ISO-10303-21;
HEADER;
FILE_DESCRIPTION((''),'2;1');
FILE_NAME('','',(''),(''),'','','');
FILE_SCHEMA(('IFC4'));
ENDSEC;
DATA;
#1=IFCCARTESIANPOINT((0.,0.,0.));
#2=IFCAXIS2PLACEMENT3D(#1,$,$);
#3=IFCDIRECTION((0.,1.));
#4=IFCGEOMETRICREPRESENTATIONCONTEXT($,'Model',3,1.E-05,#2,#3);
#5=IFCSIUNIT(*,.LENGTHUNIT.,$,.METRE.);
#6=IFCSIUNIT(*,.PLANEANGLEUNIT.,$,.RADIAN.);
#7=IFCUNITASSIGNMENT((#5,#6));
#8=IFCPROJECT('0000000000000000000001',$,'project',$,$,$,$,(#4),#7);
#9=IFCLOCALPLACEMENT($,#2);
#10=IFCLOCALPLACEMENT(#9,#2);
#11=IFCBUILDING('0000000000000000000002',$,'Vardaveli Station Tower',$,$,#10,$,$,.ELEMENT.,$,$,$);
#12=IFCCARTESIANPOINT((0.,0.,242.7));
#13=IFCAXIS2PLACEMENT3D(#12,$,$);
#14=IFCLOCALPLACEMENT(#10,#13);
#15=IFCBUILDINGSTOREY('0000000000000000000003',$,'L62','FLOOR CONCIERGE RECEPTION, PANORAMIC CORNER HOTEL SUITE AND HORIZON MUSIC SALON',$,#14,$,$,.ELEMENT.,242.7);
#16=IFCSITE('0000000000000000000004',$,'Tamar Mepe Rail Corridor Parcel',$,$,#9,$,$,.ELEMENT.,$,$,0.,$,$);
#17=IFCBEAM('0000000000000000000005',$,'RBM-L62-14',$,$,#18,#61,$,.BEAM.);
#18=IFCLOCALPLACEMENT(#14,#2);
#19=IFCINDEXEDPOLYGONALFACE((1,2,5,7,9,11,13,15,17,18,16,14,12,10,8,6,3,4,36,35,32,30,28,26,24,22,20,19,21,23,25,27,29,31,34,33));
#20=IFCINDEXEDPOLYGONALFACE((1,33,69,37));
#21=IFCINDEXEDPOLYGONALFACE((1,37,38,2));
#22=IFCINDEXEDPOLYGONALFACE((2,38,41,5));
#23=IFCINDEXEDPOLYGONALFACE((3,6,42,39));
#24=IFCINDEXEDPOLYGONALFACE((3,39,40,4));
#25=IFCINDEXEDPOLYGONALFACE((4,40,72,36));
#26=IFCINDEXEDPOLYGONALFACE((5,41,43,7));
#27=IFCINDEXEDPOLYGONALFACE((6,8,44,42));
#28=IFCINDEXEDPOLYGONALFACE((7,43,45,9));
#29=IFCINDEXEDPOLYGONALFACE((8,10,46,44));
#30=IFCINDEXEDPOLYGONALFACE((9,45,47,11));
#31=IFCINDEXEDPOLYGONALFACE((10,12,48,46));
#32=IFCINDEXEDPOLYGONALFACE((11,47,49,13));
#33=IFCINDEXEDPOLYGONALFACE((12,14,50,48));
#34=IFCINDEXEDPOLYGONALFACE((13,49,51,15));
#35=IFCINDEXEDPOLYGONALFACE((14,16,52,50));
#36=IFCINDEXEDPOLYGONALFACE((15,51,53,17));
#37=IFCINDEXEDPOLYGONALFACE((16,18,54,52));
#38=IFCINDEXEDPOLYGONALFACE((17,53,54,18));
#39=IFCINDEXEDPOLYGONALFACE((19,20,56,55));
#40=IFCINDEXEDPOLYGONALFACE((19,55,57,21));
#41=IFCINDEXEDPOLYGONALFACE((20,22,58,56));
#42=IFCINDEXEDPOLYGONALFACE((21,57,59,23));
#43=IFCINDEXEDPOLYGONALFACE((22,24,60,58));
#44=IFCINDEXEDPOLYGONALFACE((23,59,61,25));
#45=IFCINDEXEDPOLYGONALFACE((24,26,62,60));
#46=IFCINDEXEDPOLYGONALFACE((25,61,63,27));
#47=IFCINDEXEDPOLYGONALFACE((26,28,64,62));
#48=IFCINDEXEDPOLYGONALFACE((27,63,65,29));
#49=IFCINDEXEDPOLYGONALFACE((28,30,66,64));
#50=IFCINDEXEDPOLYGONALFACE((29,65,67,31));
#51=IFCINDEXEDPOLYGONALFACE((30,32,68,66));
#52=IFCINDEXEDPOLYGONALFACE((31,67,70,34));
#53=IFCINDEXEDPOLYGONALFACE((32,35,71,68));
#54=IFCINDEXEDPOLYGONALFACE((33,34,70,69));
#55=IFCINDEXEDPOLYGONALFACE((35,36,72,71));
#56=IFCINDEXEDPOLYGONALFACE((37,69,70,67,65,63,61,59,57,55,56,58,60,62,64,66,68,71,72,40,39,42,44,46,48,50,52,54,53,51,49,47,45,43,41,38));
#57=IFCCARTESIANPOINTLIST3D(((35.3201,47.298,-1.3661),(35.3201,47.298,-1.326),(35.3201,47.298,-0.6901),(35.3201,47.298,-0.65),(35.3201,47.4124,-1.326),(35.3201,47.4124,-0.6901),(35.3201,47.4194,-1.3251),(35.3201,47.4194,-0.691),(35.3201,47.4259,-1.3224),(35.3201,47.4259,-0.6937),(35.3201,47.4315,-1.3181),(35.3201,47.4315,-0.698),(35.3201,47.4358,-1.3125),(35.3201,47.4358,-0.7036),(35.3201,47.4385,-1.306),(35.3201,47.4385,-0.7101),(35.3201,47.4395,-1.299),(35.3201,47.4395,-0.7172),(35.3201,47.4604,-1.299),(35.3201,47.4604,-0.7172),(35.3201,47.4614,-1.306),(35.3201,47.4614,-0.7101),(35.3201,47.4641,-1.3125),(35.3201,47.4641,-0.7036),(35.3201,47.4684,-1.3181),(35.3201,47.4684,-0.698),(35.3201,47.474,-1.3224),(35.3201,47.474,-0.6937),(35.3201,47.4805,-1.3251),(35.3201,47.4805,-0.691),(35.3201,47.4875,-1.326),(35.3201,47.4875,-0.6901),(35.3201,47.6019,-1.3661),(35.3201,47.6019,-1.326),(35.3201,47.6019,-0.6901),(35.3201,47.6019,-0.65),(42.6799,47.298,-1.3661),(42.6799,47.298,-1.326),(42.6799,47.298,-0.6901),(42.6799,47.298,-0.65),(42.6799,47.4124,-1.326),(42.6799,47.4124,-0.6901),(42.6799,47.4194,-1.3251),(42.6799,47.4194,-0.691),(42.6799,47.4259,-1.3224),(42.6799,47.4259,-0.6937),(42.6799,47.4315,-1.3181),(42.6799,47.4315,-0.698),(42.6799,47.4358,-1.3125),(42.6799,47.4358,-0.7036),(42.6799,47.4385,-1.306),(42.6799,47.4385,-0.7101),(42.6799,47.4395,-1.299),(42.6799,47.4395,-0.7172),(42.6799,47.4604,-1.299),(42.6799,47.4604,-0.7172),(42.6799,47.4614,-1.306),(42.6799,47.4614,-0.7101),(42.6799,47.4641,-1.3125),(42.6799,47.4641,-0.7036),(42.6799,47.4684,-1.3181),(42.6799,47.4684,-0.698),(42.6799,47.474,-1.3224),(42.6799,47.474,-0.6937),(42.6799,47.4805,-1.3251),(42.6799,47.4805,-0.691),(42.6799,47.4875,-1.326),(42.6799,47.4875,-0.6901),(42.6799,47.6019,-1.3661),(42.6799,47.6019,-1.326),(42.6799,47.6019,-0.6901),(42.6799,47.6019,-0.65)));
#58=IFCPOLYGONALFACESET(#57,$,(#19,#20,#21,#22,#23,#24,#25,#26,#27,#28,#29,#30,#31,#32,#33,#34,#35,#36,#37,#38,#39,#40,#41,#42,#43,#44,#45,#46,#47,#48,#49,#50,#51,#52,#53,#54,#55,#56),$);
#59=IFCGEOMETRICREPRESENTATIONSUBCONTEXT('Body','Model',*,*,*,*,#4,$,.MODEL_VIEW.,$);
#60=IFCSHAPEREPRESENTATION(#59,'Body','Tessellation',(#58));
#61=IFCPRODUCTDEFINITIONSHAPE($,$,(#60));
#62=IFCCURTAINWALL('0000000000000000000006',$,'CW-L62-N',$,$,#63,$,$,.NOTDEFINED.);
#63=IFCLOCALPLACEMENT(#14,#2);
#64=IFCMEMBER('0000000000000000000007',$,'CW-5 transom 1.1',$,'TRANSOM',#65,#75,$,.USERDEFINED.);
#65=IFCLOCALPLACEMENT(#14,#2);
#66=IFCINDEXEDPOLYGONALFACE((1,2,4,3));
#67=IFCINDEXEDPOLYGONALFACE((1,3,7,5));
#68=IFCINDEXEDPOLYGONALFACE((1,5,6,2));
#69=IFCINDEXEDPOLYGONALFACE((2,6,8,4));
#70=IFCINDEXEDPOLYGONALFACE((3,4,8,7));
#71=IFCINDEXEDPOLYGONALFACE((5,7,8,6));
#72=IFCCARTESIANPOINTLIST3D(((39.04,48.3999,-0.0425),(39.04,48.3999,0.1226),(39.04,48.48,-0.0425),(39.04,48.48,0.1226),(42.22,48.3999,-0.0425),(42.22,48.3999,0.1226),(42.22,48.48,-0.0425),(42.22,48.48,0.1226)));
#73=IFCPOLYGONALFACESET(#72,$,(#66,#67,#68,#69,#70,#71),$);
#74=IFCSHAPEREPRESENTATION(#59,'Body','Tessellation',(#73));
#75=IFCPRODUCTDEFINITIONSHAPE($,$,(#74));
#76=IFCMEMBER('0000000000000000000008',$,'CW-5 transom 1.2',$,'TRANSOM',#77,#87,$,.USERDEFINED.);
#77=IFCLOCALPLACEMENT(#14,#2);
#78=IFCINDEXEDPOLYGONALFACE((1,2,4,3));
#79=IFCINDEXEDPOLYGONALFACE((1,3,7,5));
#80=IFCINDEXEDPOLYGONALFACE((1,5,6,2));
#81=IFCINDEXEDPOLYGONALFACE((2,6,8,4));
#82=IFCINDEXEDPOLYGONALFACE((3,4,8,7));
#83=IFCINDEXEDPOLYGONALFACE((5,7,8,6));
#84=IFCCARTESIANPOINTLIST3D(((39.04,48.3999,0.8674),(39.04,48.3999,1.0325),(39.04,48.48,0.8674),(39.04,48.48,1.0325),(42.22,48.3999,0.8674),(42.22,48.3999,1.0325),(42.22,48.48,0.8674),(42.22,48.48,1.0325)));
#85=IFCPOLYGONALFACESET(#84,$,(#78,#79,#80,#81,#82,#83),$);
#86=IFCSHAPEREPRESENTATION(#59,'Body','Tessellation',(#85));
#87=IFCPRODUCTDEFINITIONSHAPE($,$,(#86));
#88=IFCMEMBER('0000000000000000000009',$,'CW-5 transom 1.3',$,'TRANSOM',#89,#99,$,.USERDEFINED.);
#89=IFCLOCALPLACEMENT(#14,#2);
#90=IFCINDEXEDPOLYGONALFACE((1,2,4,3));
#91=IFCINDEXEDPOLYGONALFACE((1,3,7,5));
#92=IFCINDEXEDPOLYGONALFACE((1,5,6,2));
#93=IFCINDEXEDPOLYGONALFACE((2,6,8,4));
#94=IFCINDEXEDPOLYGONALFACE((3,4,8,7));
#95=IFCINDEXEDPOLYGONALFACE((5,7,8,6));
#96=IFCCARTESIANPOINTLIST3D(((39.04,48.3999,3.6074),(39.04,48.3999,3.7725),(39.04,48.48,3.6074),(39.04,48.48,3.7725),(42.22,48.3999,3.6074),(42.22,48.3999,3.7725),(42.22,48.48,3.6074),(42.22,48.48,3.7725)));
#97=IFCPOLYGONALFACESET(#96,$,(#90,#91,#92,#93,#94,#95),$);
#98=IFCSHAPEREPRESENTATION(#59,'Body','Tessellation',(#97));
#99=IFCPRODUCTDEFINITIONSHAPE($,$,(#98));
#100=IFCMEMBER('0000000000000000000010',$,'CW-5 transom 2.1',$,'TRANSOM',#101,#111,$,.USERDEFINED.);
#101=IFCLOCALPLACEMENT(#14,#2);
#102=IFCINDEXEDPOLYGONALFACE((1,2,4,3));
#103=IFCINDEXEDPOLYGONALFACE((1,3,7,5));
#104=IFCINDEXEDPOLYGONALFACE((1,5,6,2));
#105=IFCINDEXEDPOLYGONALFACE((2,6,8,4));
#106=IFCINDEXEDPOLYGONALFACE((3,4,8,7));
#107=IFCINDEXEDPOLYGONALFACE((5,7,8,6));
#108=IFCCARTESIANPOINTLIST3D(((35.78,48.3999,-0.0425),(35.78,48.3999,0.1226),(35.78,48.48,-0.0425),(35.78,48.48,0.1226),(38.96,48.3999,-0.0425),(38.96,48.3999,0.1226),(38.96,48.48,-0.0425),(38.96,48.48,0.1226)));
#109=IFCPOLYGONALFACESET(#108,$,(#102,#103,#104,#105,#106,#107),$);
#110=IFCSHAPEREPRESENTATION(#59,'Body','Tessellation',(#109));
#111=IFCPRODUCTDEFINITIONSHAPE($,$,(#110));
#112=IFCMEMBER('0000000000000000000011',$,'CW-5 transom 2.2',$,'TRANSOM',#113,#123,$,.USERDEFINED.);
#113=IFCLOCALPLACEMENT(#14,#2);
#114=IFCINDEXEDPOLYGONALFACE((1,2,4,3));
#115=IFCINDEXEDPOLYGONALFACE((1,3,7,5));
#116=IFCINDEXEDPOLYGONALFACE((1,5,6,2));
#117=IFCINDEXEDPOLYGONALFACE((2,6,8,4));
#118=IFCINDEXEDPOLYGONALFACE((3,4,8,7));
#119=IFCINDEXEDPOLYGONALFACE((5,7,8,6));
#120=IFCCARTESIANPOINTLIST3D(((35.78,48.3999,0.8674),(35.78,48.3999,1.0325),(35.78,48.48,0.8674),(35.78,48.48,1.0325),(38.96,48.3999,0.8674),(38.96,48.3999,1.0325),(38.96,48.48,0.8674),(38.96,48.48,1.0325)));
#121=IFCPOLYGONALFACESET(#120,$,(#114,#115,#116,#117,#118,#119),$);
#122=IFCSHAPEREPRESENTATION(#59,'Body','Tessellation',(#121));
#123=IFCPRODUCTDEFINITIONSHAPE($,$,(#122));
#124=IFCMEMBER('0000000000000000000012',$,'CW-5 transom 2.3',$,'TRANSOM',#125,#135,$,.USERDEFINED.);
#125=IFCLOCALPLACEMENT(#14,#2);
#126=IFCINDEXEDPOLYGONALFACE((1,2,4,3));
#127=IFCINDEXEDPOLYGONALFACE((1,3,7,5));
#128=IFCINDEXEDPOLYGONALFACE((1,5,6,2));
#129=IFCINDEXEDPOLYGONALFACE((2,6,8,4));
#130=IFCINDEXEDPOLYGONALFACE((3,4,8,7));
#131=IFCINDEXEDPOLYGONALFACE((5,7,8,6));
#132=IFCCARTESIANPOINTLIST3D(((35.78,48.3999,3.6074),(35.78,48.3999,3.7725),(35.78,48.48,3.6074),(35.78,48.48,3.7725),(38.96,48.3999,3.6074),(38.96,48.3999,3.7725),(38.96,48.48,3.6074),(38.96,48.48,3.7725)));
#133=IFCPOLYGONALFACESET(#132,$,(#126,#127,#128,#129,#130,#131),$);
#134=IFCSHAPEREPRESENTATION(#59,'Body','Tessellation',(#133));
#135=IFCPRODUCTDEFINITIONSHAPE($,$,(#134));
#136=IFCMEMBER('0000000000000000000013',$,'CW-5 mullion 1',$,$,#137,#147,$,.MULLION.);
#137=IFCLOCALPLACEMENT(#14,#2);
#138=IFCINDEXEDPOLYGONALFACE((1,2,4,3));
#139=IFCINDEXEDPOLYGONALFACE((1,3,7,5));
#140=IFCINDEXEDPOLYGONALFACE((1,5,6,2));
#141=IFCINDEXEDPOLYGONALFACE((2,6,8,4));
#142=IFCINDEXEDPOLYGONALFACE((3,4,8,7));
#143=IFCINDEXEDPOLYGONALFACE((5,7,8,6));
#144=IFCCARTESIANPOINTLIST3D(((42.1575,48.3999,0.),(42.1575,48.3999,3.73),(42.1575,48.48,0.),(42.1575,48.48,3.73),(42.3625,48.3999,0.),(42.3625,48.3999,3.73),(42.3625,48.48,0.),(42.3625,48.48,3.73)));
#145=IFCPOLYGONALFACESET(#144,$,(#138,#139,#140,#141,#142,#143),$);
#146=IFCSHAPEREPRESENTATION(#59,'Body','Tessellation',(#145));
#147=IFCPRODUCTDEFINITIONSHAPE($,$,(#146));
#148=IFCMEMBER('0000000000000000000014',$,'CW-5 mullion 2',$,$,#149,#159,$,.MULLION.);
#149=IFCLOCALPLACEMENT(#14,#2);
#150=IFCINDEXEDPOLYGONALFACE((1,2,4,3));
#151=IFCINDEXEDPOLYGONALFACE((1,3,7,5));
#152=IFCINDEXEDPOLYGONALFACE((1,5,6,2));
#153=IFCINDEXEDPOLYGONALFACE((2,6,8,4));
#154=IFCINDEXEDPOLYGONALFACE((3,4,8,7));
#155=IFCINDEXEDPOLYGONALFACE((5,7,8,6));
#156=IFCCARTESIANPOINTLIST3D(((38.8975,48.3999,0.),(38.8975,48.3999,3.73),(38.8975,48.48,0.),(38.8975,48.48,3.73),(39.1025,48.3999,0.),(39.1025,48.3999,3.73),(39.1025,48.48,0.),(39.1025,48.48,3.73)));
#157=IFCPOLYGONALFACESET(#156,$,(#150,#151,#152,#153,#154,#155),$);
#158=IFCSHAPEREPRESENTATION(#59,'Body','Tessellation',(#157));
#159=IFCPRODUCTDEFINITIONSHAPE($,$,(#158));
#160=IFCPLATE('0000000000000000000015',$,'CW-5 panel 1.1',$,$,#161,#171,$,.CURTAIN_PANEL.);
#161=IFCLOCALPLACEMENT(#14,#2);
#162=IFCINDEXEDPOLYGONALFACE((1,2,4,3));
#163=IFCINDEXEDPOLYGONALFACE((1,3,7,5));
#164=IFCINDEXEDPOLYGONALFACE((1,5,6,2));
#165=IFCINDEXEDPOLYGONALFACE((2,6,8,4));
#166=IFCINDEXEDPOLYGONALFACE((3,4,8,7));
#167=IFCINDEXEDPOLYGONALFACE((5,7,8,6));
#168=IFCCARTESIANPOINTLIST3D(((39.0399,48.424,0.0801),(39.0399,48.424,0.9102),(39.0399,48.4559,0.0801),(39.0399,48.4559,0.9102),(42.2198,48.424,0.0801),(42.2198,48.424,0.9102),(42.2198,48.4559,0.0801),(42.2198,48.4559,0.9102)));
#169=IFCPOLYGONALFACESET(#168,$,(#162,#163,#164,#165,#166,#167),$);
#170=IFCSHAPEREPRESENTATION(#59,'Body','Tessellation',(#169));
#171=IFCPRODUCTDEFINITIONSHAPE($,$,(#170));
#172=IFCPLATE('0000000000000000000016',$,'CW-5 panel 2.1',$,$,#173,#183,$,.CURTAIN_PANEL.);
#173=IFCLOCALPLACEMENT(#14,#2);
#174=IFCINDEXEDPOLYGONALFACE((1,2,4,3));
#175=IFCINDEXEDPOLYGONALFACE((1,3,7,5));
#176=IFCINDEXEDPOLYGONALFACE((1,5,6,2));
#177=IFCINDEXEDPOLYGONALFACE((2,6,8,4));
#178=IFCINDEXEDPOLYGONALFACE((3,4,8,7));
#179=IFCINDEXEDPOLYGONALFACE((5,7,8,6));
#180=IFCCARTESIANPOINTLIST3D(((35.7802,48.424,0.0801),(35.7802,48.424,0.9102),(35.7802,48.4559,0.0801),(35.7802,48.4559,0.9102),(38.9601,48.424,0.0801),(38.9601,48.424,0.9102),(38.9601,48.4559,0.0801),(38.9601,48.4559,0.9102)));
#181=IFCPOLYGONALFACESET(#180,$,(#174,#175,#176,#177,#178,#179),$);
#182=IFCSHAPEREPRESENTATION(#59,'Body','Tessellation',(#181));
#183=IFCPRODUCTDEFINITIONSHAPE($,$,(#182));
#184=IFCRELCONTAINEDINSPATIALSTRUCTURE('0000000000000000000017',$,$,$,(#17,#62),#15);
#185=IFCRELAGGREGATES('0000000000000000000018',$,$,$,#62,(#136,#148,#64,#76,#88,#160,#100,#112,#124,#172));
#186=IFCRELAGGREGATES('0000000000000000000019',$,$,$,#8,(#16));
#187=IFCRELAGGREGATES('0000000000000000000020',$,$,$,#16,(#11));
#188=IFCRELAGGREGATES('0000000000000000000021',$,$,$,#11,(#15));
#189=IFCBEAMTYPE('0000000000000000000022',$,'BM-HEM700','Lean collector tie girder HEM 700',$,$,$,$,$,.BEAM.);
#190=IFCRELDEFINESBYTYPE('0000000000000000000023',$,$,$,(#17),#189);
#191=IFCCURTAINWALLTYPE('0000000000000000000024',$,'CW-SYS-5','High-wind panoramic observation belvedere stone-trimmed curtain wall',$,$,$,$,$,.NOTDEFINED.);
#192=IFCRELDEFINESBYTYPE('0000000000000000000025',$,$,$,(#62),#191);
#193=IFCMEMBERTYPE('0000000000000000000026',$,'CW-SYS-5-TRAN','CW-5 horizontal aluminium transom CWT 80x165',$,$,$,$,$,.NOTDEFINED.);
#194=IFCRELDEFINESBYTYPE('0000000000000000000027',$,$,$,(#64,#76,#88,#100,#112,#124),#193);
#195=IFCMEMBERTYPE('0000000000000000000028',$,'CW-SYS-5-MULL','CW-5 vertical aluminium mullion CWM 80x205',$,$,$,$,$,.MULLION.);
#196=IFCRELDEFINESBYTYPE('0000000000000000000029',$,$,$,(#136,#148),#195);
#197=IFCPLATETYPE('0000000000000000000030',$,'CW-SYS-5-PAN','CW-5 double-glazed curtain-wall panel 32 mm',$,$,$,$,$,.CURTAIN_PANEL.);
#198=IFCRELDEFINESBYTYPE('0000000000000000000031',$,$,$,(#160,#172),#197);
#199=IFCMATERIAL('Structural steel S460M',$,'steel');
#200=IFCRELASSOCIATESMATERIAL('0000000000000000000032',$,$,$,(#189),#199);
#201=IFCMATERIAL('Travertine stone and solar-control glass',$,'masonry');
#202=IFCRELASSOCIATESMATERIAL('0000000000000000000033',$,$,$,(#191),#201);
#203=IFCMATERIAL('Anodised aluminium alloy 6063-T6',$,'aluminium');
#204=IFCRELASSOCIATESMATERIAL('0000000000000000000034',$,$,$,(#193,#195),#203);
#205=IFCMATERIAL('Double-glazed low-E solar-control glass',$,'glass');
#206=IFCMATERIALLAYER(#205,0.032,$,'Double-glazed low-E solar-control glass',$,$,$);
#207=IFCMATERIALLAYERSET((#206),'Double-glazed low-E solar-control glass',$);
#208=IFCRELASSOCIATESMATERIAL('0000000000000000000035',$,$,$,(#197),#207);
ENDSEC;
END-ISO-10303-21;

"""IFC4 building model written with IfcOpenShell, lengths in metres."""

from ifc_helpers import new_model, si_unit, direction, frame, origin, origin_2d, place, context, subcontext, project, spatial, rectangle, i_section, extrude, source, transform, mapped, material, layer, layer_set, material_profile, profile_set, type_object, element, aggregate, save


model = new_model("IFC4")

# Units and contexts
model_context = context("Model", 3, precision=1e-05, world=origin(), true_north=direction((0.0, 1.0)))
body_context = subcontext(model_context, "Body", "Model", "MODEL_VIEW")
ifc_project = project(units=[si_unit("LENGTHUNIT", "METRE"), si_unit("PLANEANGLEUNIT", "RADIAN")], contexts=[model_context])

# Site, building, storey
site_placement = place(None, origin())
site = spatial("IfcSite", under=ifc_project, at=site_placement, Name="Tamar Mepe Rail Corridor Parcel", CompositionType="ELEMENT", RefElevation=0.0)
building_placement = place(site_placement, origin())
building = spatial("IfcBuilding", under=site, at=building_placement, Name="Vardaveli Station Tower", CompositionType="ELEMENT")
storey_placement = place(building_placement, frame((0.0, 0.0, 242.7)))
storey = spatial("IfcBuildingStorey", under=building, at=storey_placement, Name="L62", Description="FLOOR CONCIERGE RECEPTION, PANORAMIC CORNER HOTEL SUITE AND HORIZON MUSIC SALON", CompositionType="ELEMENT", Elevation=242.7)

# Beam
ifc_material_1 = material(Name="Structural steel S460M", Category="steel")
ifc_material_profile_1 = material_profile(ifc_material_1, i_section(OverallWidth=0.304, OverallDepth=0.7161, WebThickness=0.021, FlangeThickness=0.04, FilletRadius=0.0271, at=origin_2d()), Name="HEM 700")
ifc_profile_set_1 = profile_set([ifc_material_profile_1], Name="Structural steel S460M")
beam_type = type_object("IfcBeamType", Name="BM-HEM700", Description="Lean collector tie girder HEM 700", PredefinedType="BEAM", material=ifc_profile_set_1)
shared_shape_1 = source(origin(), body_context, "Body", "SweptSolid", [
    extrude(i_section(OverallWidth=0.304, OverallDepth=0.7161, WebThickness=0.021, FlangeThickness=0.04, FilletRadius=0.0271, at=origin_2d()), origin(), (0.0, 0.0, 1.0), 7.3599),
])
beam_placement = place(storey_placement, frame((42.6799, 47.45, -1.0081), z_axis=(-1.0, 0.0, 0.0), x_axis=(0.0, -1.0, 0.0)))
element("IfcBeam", 1, at=beam_placement, inside=storey, type_object=beam_type, Name="RBM-L62-14", PredefinedType="BEAM", context=body_context, shape_type="MappedRepresentation", body=[
    mapped(shared_shape_1, transform((0.0, 0.0, 0.0), scale=1.0)),
])

# Curtain wall, members, plates
ifc_material_2 = material(Name="Travertine stone and solar-control glass", Category="masonry")
curtain_wall_type = type_object("IfcCurtainWallType", Name="CW-SYS-5", Description="High-wind panoramic observation belvedere stone-trimmed curtain wall", PredefinedType="NOTDEFINED", material=ifc_material_2)
curtain_wall_placement = place(storey_placement, origin())
curtain_wall = element("IfcCurtainWall", 2, at=curtain_wall_placement, inside=storey, type_object=curtain_wall_type, Name="CW-L62-N", PredefinedType="NOTDEFINED")
ifc_material_3 = material(Name="Anodised aluminium alloy 6063-T6", Category="aluminium")
ifc_material_profile_2 = material_profile(ifc_material_3, rectangle(XDim=0.0801, YDim=0.165, at=origin_2d()), Name="CWT 80x165")
ifc_profile_set_2 = profile_set([ifc_material_profile_2], Name="Anodised aluminium alloy 6063-T6")
member_type_1 = type_object("IfcMemberType", Name="CW-SYS-5-TRAN", Description="CW-5 horizontal aluminium transom CWT 80x165", PredefinedType="NOTDEFINED", material=ifc_profile_set_2)
shared_shape_2 = source(origin(), body_context, "Body", "SweptSolid", [
    extrude(rectangle(XDim=0.0801, YDim=0.165, at=origin_2d()), origin(), (0.0, 0.0, 1.0), 3.1799),
])
member_1_placement = place(storey_placement, frame((42.22, 48.4399, 0.04), z_axis=(-1.0, 0.0, 0.0), x_axis=(0.0, -1.0, 0.0)))
member_1 = element("IfcMember", 3, at=member_1_placement, type_object=member_type_1, Name="CW-5 transom 1.1", ObjectType="TRANSOM", PredefinedType="USERDEFINED", context=body_context, shape_type="MappedRepresentation", body=[
    mapped(shared_shape_2, transform((0.0, 0.0, 0.0), scale=1.0)),
])
member_2_placement = place(storey_placement, frame((42.22, 48.4399, 0.95), z_axis=(-1.0, 0.0, 0.0), x_axis=(0.0, -1.0, 0.0)))
member_2 = element("IfcMember", 4, at=member_2_placement, type_object=member_type_1, Name="CW-5 transom 1.2", ObjectType="TRANSOM", PredefinedType="USERDEFINED", context=body_context, shape_type="MappedRepresentation", body=[
    mapped(shared_shape_2, transform((0.0, 0.0, 0.0), scale=1.0)),
])
member_3_placement = place(storey_placement, frame((42.22, 48.4399, 3.6899), z_axis=(-1.0, 0.0, 0.0), x_axis=(0.0, -1.0, 0.0)))
member_3 = element("IfcMember", 5, at=member_3_placement, type_object=member_type_1, Name="CW-5 transom 1.3", ObjectType="TRANSOM", PredefinedType="USERDEFINED", context=body_context, shape_type="MappedRepresentation", body=[
    mapped(shared_shape_2, transform((0.0, 0.0, 0.0), scale=1.0)),
])
member_4_placement = place(storey_placement, frame((38.96, 48.4399, 0.04), z_axis=(-1.0, 0.0, 0.0), x_axis=(0.0, -1.0, 0.0)))
member_4 = element("IfcMember", 6, at=member_4_placement, type_object=member_type_1, Name="CW-5 transom 2.1", ObjectType="TRANSOM", PredefinedType="USERDEFINED", context=body_context, shape_type="MappedRepresentation", body=[
    mapped(shared_shape_2, transform((0.0, 0.0, 0.0), scale=1.0)),
])
member_5_placement = place(storey_placement, frame((38.96, 48.4399, 0.95), z_axis=(-1.0, 0.0, 0.0), x_axis=(0.0, -1.0, 0.0)))
member_5 = element("IfcMember", 7, at=member_5_placement, type_object=member_type_1, Name="CW-5 transom 2.2", ObjectType="TRANSOM", PredefinedType="USERDEFINED", context=body_context, shape_type="MappedRepresentation", body=[
    mapped(shared_shape_2, transform((0.0, 0.0, 0.0), scale=1.0)),
])
member_6_placement = place(storey_placement, frame((38.96, 48.4399, 3.6899), z_axis=(-1.0, 0.0, 0.0), x_axis=(0.0, -1.0, 0.0)))
member_6 = element("IfcMember", 8, at=member_6_placement, type_object=member_type_1, Name="CW-5 transom 2.3", ObjectType="TRANSOM", PredefinedType="USERDEFINED", context=body_context, shape_type="MappedRepresentation", body=[
    mapped(shared_shape_2, transform((0.0, 0.0, 0.0), scale=1.0)),
])
ifc_material_profile_3 = material_profile(ifc_material_3, rectangle(XDim=0.0801, YDim=0.2051, at=origin_2d()), Name="CWM 80x205")
ifc_profile_set_3 = profile_set([ifc_material_profile_3], Name="Anodised aluminium alloy 6063-T6")
member_type_2 = type_object("IfcMemberType", Name="CW-SYS-5-MULL", Description="CW-5 vertical aluminium mullion CWM 80x205", PredefinedType="MULLION", material=ifc_profile_set_3)
shared_shape_3 = source(origin(), body_context, "Body", "SweptSolid", [
    extrude(rectangle(XDim=0.0801, YDim=0.2051, at=origin_2d()), origin(), (0.0, 0.0, 1.0), 3.73),
])
member_7_placement = place(storey_placement, frame((42.26, 48.4399, 0.0), z_axis=(0.0, 0.0, 1.0), x_axis=(0.0, -1.0, 0.0)))
member_7 = element("IfcMember", 9, at=member_7_placement, type_object=member_type_2, Name="CW-5 mullion 1", PredefinedType="MULLION", context=body_context, shape_type="MappedRepresentation", body=[
    mapped(shared_shape_3, transform((0.0, 0.0, 0.0), scale=1.0)),
])
member_8_placement = place(storey_placement, frame((39.0, 48.4399, 0.0), z_axis=(0.0, 0.0, 1.0), x_axis=(0.0, -1.0, 0.0)))
member_8 = element("IfcMember", 10, at=member_8_placement, type_object=member_type_2, Name="CW-5 mullion 2", PredefinedType="MULLION", context=body_context, shape_type="MappedRepresentation", body=[
    mapped(shared_shape_3, transform((0.0, 0.0, 0.0), scale=1.0)),
])
ifc_material_4 = material(Name="Double-glazed low-E solar-control glass", Category="glass")
ifc_layer_1 = layer(ifc_material_4, 0.032, Name="Double-glazed low-E solar-control glass")
ifc_layer_set_1 = layer_set([ifc_layer_1], Name="Double-glazed low-E solar-control glass")
plate_type = type_object("IfcPlateType", Name="CW-SYS-5-PAN", Description="CW-5 double-glazed curtain-wall panel 32 mm", PredefinedType="CURTAIN_PANEL", material=ifc_layer_set_1)
shared_shape_4 = source(origin(), body_context, "Body", "SweptSolid", [
    extrude(rectangle(XDim=3.1799, YDim=0.032, at=origin_2d()), origin(), (0.0, 0.0, 1.0), 0.8301),
])
plate_1_placement = place(storey_placement, frame((40.6299, 48.4399, 0.0801), z_axis=(0.0, 0.0, 1.0), x_axis=(-1.0, 0.0, 0.0)))
plate_1 = element("IfcPlate", 11, at=plate_1_placement, type_object=plate_type, Name="CW-5 panel 1.1", PredefinedType="CURTAIN_PANEL", context=body_context, shape_type="MappedRepresentation", body=[
    mapped(shared_shape_4, transform((0.0, 0.0, 0.0), scale=1.0)),
])
plate_2_placement = place(storey_placement, frame((37.3701, 48.4399, 0.0801), z_axis=(0.0, 0.0, 1.0), x_axis=(-1.0, 0.0, 0.0)))
plate_2 = element("IfcPlate", 12, at=plate_2_placement, type_object=plate_type, Name="CW-5 panel 2.1", PredefinedType="CURTAIN_PANEL", context=body_context, shape_type="MappedRepresentation", body=[
    mapped(shared_shape_4, transform((0.0, 0.0, 0.0), scale=1.0)),
])
aggregate(curtain_wall, [member_7, member_8, member_1, member_2, member_3, plate_1, member_4, member_5, member_6, plate_2])

save(model, "model.ifc")
